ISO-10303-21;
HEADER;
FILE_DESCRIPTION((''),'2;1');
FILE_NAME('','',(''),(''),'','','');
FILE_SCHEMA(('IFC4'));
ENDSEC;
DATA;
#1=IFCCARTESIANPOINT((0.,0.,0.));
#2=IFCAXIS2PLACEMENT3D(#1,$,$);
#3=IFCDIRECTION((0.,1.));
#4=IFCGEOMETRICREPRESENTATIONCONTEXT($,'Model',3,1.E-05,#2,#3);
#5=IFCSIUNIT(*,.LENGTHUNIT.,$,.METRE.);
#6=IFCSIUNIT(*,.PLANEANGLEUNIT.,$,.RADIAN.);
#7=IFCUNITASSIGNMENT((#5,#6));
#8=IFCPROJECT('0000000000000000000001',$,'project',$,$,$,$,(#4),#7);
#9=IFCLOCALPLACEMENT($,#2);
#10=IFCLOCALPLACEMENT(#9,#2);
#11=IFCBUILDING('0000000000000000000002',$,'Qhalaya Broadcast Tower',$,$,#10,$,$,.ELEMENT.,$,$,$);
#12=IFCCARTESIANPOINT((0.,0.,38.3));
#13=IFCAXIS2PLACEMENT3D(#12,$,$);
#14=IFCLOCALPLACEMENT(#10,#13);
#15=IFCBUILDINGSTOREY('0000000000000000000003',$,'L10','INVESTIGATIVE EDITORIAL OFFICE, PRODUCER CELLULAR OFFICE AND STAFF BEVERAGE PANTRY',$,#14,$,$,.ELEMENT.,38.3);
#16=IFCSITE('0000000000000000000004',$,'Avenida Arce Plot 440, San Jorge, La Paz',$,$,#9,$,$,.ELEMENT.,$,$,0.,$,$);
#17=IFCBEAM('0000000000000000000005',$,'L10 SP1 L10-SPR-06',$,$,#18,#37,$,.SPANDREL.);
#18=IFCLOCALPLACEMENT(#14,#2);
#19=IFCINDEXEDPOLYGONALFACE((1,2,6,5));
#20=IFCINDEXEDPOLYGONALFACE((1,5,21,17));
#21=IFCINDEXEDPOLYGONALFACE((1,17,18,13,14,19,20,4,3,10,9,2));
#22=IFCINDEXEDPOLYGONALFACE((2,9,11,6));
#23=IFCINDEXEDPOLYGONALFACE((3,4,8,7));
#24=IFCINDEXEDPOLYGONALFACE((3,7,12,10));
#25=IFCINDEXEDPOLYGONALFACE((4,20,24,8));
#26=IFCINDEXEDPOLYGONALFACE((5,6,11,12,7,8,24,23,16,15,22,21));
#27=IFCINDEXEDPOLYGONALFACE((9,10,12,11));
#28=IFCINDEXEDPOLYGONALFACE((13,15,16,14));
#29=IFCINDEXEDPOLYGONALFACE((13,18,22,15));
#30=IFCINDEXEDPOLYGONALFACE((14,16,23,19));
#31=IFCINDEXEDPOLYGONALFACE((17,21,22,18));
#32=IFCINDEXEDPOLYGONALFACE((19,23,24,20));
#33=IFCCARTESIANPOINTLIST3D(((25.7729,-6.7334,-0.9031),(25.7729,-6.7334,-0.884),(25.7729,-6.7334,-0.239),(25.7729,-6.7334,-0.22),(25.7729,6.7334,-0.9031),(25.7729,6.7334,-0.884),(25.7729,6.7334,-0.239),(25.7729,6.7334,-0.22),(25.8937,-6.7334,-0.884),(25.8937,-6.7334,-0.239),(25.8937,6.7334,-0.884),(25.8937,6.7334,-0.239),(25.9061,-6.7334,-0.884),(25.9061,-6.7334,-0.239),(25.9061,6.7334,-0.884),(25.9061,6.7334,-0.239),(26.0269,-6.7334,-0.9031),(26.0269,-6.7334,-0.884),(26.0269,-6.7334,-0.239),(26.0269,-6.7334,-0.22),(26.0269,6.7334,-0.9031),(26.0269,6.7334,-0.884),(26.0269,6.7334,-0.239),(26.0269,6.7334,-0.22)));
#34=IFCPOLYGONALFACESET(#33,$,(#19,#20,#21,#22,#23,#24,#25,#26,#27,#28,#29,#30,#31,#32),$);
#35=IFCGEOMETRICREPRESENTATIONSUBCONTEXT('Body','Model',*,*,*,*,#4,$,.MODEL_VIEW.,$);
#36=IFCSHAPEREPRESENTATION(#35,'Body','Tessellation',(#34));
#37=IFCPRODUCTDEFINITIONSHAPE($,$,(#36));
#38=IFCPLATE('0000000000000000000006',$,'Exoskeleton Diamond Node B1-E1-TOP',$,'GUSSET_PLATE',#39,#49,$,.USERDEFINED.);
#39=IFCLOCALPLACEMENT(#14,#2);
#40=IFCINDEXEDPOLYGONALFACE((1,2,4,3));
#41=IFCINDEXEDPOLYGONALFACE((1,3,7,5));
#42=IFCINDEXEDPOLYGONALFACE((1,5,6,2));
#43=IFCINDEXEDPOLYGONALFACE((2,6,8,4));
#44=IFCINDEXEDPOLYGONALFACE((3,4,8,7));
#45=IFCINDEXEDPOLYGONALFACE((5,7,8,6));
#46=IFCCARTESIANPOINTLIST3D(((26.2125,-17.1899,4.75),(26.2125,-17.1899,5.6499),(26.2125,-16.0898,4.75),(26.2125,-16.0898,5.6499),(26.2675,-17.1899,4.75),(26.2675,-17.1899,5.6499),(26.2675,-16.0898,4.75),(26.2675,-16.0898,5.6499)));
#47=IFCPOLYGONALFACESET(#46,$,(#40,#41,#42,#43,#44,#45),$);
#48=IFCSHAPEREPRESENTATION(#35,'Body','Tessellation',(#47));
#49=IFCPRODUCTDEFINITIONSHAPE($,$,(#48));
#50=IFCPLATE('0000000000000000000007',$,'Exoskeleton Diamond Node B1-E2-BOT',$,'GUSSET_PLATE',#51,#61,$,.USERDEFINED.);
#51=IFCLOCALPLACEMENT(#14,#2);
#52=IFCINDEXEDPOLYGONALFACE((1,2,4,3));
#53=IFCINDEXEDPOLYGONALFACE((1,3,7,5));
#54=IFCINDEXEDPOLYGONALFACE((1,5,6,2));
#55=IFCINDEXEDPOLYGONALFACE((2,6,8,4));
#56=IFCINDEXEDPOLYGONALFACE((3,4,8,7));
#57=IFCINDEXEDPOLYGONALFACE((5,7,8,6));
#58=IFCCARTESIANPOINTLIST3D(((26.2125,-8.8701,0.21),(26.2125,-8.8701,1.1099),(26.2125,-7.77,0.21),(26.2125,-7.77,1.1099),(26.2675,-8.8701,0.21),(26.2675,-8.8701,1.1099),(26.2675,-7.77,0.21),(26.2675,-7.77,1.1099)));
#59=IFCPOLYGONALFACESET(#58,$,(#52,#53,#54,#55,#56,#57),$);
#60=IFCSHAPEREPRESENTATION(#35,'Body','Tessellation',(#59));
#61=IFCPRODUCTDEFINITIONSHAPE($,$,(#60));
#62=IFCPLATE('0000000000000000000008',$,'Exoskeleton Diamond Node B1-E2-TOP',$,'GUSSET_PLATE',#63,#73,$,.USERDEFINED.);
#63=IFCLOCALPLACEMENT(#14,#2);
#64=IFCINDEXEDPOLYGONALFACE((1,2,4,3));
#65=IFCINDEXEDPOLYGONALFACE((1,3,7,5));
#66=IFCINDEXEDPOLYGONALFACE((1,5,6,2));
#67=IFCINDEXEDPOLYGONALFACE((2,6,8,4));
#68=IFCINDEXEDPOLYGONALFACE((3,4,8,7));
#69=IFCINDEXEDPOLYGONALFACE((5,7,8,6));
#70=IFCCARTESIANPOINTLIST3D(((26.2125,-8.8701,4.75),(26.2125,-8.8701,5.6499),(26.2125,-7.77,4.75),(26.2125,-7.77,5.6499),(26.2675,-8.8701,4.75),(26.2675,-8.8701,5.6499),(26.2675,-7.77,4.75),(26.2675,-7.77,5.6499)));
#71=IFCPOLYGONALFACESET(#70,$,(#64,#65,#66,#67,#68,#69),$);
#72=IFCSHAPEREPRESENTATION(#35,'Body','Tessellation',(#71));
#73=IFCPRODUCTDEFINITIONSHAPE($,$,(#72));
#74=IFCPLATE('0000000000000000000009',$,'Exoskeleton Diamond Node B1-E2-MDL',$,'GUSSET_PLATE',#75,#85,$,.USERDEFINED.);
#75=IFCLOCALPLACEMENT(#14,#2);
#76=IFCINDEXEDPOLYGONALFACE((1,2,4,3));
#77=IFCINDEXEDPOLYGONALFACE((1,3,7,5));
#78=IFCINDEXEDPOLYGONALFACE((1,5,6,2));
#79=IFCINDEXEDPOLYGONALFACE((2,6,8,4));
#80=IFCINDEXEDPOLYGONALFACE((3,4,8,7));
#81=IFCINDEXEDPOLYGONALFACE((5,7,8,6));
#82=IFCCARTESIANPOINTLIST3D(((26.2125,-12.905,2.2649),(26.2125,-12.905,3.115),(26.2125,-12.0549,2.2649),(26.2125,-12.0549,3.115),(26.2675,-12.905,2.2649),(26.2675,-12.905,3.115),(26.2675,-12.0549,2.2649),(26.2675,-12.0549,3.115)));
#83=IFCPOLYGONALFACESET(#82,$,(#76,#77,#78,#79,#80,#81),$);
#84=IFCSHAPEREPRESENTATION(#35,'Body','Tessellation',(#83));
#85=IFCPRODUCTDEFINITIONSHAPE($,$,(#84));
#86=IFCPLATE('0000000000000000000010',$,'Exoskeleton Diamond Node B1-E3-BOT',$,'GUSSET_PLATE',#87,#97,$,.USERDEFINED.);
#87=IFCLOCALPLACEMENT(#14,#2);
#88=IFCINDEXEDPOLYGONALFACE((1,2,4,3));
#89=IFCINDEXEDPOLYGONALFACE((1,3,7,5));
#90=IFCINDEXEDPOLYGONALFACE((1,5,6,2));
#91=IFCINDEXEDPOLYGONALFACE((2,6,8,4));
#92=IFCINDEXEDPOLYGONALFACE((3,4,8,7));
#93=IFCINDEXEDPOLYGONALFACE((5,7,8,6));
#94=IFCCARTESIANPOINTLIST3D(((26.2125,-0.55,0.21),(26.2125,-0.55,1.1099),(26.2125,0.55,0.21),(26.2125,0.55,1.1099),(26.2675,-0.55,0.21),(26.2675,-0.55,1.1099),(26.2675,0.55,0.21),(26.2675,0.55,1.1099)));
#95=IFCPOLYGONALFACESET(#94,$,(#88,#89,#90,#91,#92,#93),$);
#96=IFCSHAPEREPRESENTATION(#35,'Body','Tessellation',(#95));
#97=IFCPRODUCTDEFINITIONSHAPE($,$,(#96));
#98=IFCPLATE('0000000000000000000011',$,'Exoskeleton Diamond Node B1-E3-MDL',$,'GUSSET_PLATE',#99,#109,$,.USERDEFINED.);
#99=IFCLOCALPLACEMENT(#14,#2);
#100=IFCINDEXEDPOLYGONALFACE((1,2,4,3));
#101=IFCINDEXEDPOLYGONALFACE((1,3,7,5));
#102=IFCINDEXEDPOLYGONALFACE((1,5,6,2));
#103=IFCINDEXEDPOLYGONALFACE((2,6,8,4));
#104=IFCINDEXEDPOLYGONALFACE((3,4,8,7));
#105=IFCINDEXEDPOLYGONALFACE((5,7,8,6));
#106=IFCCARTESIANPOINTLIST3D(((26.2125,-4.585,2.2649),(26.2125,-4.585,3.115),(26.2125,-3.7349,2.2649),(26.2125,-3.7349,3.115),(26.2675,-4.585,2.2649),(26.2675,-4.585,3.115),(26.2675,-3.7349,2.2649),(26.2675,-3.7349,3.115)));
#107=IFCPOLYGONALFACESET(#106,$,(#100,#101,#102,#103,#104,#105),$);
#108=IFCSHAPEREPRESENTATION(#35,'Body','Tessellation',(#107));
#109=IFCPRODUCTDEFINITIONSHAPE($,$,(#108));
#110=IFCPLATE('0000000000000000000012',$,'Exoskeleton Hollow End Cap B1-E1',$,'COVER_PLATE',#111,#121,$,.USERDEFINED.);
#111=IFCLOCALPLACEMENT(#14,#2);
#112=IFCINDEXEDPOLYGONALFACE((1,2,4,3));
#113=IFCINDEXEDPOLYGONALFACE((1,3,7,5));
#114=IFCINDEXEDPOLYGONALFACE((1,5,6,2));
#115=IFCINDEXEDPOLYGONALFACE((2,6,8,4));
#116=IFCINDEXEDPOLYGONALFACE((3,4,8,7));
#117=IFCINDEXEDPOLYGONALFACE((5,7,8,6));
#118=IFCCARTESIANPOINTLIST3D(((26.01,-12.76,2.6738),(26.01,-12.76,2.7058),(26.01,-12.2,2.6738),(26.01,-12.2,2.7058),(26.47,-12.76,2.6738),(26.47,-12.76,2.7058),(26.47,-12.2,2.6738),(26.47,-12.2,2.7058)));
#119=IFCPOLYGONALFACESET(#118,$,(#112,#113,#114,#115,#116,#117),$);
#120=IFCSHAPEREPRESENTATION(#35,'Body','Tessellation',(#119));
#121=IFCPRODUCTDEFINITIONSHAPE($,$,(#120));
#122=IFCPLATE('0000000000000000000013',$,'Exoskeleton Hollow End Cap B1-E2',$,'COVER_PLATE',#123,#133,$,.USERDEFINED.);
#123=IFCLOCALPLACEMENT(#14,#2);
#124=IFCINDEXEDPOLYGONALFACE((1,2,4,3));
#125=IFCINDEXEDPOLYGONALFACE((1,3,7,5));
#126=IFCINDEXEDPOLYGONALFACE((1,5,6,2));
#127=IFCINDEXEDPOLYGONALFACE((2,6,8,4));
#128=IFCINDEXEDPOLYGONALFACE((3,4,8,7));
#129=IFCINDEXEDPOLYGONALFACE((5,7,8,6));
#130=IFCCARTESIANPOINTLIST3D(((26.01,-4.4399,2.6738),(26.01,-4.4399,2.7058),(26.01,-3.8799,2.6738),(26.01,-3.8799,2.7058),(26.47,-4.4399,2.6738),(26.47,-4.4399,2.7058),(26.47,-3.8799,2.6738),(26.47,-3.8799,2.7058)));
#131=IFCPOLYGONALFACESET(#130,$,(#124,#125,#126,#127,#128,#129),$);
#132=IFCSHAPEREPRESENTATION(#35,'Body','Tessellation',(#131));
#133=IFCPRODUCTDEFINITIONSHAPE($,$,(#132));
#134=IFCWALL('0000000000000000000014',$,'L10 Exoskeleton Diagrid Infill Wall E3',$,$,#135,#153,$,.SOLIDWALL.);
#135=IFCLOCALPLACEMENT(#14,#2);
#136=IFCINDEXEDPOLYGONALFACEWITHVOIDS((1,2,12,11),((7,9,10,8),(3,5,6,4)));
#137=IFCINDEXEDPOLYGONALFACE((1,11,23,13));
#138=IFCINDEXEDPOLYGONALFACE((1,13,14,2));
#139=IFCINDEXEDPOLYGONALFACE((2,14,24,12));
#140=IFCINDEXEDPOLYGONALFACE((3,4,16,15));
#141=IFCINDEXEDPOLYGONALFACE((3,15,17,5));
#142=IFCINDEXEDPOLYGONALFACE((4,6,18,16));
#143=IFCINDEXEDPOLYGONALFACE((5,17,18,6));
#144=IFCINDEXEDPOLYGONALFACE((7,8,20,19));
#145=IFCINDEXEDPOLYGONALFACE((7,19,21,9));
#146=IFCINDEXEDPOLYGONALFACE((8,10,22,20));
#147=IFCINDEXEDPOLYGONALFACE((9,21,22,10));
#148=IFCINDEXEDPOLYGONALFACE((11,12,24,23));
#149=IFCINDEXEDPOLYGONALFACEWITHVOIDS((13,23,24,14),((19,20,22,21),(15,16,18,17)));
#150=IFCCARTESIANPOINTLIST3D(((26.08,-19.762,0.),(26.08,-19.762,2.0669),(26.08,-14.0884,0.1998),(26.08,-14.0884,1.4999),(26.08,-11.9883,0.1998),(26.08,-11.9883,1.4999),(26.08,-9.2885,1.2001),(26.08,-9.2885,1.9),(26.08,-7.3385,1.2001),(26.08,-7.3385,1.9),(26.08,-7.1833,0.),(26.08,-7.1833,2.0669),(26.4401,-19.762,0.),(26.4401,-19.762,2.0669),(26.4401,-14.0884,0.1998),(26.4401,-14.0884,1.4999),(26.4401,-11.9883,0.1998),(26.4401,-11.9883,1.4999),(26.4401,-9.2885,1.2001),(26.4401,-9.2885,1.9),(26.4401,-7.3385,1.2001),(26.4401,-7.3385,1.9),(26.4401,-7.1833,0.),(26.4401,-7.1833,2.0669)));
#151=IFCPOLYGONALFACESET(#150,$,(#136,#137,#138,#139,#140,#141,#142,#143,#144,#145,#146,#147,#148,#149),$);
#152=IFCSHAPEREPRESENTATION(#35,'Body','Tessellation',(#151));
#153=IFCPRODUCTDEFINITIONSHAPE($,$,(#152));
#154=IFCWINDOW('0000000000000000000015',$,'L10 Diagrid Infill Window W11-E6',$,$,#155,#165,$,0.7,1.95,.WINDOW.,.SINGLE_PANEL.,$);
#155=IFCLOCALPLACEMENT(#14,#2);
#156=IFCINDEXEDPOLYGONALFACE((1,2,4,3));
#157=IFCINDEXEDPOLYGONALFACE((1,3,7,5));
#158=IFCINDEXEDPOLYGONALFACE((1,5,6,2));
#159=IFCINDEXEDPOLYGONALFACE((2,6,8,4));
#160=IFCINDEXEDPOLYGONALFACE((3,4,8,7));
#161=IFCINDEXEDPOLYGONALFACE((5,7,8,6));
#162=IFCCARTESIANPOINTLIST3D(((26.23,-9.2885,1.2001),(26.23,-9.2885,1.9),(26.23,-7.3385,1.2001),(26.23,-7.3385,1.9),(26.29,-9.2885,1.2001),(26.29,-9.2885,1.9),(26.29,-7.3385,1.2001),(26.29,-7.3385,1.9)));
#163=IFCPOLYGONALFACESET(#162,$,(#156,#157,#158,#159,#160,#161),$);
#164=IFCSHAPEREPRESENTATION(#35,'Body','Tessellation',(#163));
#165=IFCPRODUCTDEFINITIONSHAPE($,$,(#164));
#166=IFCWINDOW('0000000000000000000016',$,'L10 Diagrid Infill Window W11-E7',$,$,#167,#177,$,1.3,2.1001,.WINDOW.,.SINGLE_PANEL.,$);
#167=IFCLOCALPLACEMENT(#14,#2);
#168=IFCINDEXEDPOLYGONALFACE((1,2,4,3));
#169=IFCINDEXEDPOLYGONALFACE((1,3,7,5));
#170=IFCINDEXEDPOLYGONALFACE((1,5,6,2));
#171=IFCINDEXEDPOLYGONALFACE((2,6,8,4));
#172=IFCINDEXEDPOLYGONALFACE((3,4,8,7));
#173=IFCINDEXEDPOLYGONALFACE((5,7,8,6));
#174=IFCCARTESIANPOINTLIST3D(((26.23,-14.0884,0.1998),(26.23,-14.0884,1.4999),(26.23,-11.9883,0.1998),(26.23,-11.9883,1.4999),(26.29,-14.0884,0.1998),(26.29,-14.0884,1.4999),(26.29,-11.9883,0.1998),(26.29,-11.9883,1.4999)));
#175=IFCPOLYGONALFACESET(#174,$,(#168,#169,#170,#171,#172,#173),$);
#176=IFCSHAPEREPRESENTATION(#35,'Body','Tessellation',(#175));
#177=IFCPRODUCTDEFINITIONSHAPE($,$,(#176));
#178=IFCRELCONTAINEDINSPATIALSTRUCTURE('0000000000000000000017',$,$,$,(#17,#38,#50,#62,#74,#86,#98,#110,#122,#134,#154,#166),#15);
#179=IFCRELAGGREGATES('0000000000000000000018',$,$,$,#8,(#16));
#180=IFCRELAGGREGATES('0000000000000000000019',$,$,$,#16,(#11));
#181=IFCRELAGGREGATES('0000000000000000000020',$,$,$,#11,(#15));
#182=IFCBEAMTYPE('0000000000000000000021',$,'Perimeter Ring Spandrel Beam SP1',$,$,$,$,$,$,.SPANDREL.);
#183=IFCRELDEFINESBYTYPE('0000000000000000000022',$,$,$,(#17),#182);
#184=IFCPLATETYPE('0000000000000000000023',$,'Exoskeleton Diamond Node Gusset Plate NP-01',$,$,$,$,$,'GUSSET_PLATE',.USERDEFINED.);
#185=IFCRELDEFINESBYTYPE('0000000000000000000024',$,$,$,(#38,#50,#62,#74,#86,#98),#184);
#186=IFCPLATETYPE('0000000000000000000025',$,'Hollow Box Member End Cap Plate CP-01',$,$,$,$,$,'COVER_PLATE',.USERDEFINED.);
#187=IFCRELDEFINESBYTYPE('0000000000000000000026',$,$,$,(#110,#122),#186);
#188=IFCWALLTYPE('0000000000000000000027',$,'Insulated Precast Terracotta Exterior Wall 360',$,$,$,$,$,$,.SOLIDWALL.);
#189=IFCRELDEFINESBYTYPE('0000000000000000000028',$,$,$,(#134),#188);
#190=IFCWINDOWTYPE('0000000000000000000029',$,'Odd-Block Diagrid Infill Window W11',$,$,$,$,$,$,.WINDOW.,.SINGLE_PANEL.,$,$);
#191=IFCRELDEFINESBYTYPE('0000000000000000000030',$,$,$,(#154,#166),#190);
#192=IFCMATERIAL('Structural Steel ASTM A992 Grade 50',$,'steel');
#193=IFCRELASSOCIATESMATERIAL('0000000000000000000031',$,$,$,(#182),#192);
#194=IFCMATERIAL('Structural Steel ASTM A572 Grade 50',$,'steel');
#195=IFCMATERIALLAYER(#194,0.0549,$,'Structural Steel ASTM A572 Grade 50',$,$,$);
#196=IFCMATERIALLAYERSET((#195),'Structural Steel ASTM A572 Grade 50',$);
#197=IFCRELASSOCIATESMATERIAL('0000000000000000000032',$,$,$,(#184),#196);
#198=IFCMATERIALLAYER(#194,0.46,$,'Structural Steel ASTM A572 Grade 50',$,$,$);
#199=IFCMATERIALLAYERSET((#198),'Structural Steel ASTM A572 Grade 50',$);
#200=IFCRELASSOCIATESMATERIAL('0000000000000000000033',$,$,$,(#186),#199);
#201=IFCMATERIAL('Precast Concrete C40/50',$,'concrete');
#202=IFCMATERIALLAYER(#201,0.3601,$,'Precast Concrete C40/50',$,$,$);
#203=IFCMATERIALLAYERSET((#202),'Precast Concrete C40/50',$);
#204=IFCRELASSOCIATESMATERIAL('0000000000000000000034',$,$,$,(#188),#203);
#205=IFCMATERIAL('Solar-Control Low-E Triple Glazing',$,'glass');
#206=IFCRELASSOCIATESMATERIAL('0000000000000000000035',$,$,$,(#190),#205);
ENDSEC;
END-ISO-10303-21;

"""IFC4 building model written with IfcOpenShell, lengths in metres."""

from ifc_helpers import new_model, si_unit, direction, frame, frame_2d, origin, origin_2d, place, context, subcontext, project, spatial, rectangle, i_section, extrude, material, layer, layer_set, material_profile, profile_set, type_object, element, fill, save


model = new_model("IFC4")

# Units and contexts
model_context = context("Model", 3, precision=1e-05, world=origin(), true_north=direction((0.0, 1.0)))
body_context = subcontext(model_context, "Body", "Model", "MODEL_VIEW")
ifc_project = project(units=[si_unit("LENGTHUNIT", "METRE"), si_unit("PLANEANGLEUNIT", "RADIAN")], contexts=[model_context])

# Site, building, storey
site_placement = place(None, origin())
site = spatial("IfcSite", under=ifc_project, at=site_placement, Name="Avenida Arce Plot 440, San Jorge, La Paz", CompositionType="ELEMENT", RefElevation=0.0)
building_placement = place(site_placement, origin())
building = spatial("IfcBuilding", under=site, at=building_placement, Name="Qhalaya Broadcast Tower", CompositionType="ELEMENT")
storey_placement = place(building_placement, frame((0.0, 0.0, 38.3)))
storey = spatial("IfcBuildingStorey", under=building, at=storey_placement, Name="L10", Description="INVESTIGATIVE EDITORIAL OFFICE, PRODUCER CELLULAR OFFICE AND STAFF BEVERAGE PANTRY", CompositionType="ELEMENT", Elevation=38.3)

# Shared definitions
ifc_material_1 = material(Name="Structural Steel ASTM A992 Grade 50", Category="steel")
ifc_material_2 = material(Name="Structural Steel ASTM A572 Grade 50", Category="steel")

# Beam
ifc_material_profile_1 = material_profile(ifc_material_1, i_section(OverallWidth=0.2539, OverallDepth=0.6831, WebThickness=0.0125, FlangeThickness=0.019, at=origin_2d()), Name="W27X94")
ifc_profile_set_1 = profile_set([ifc_material_profile_1], Name="Structural Steel ASTM A992 Grade 50")
beam_type = type_object("IfcBeamType", Name="Perimeter Ring Spandrel Beam SP1", PredefinedType="SPANDREL", material=ifc_profile_set_1)
beam_placement = place(storey_placement, frame((25.8999, -6.7334, -0.5615), z_axis=(0.0, 1.0, 0.0), x_axis=(-1.0, 0.0, 0.0)))
element("IfcBeam", 1, at=beam_placement, inside=storey, type_object=beam_type, Name="L10 SP1 L10-SPR-06", PredefinedType="SPANDREL", context=body_context, shape_type="SweptSolid", body=[
    extrude(i_section(OverallWidth=0.2539, OverallDepth=0.6831, WebThickness=0.0125, FlangeThickness=0.019, at=origin_2d()), origin(), (0.0, 0.0, 1.0), 13.4668),
])

# Plates
ifc_layer_1 = layer(ifc_material_2, 0.0549, Name="Structural Steel ASTM A572 Grade 50")
ifc_layer_set_1 = layer_set([ifc_layer_1], Name="Structural Steel ASTM A572 Grade 50")
plate_type_1 = type_object("IfcPlateType", Name="Exoskeleton Diamond Node Gusset Plate NP-01", ElementType="GUSSET_PLATE", PredefinedType="USERDEFINED", material=ifc_layer_set_1)
for number, where, z_axis, x_axis, name in (
    (2, (26.24, -16.6399, 4.75), (0.0, 0.0, 1.0), (0.0, 1.0, 0.0), "Exoskeleton Diamond Node B1-E1-TOP"),
    (3, (26.24, -8.3201, 0.21), (0.0, 0.0, 1.0), (0.0, 1.0, 0.0), "Exoskeleton Diamond Node B1-E2-BOT"),
    (4, (26.24, -8.3201, 4.75), (0.0, 0.0, 1.0), (0.0, 1.0, 0.0), "Exoskeleton Diamond Node B1-E2-TOP"),
):
    element("IfcPlate", number, at=place(storey_placement, frame(where, z_axis=z_axis, x_axis=x_axis)), inside=storey, type_object=plate_type_1, Name=name, ObjectType="GUSSET_PLATE", PredefinedType="USERDEFINED", context=body_context, shape_type="SweptSolid", body=[
        extrude(rectangle(XDim=1.1001, YDim=0.0549, at=origin_2d()), origin(), (0.0, 0.0, 1.0), 0.8999),
    ])
plate_1_placement = place(storey_placement, frame((26.24, -12.48, 2.2649), z_axis=(0.0, 0.0, 1.0), x_axis=(0.0, 1.0, 0.0)))
element("IfcPlate", 5, at=plate_1_placement, inside=storey, type_object=plate_type_1, Name="Exoskeleton Diamond Node B1-E2-MDL", ObjectType="GUSSET_PLATE", PredefinedType="USERDEFINED", context=body_context, shape_type="SweptSolid", body=[
    extrude(rectangle(XDim=0.8501, YDim=0.0549, at=origin_2d()), origin(), (0.0, 0.0, 1.0), 0.8501),
])
plate_2_placement = place(storey_placement, frame((26.24, 0.0, 0.21), z_axis=(0.0, 0.0, 1.0), x_axis=(0.0, 1.0, 0.0)))
element("IfcPlate", 6, at=plate_2_placement, inside=storey, type_object=plate_type_1, Name="Exoskeleton Diamond Node B1-E3-BOT", ObjectType="GUSSET_PLATE", PredefinedType="USERDEFINED", context=body_context, shape_type="SweptSolid", body=[
    extrude(rectangle(XDim=1.1001, YDim=0.0549, at=origin_2d()), origin(), (0.0, 0.0, 1.0), 0.8999),
])
plate_3_placement = place(storey_placement, frame((26.24, -4.1599, 2.2649), z_axis=(0.0, 0.0, 1.0), x_axis=(0.0, 1.0, 0.0)))
element("IfcPlate", 7, at=plate_3_placement, inside=storey, type_object=plate_type_1, Name="Exoskeleton Diamond Node B1-E3-MDL", ObjectType="GUSSET_PLATE", PredefinedType="USERDEFINED", context=body_context, shape_type="SweptSolid", body=[
    extrude(rectangle(XDim=0.8501, YDim=0.0549, at=origin_2d()), origin(), (0.0, 0.0, 1.0), 0.8501),
])
ifc_layer_2 = layer(ifc_material_2, 0.46, Name="Structural Steel ASTM A572 Grade 50")
ifc_layer_set_2 = layer_set([ifc_layer_2], Name="Structural Steel ASTM A572 Grade 50")
plate_type_2 = type_object("IfcPlateType", Name="Hollow Box Member End Cap Plate CP-01", ElementType="COVER_PLATE", PredefinedType="USERDEFINED", material=ifc_layer_set_2)
for number, where, z_axis, x_axis, name in (
    (8, (26.24, -12.48, 2.6738), (0.0, 0.0, 1.0), (0.0, 1.0, 0.0), "Exoskeleton Hollow End Cap B1-E1"),
    (9, (26.24, -4.1599, 2.6738), (0.0, 0.0, 1.0), (0.0, 1.0, 0.0), "Exoskeleton Hollow End Cap B1-E2"),
):
    element("IfcPlate", number, at=place(storey_placement, frame(where, z_axis=z_axis, x_axis=x_axis)), inside=storey, type_object=plate_type_2, Name=name, ObjectType="COVER_PLATE", PredefinedType="USERDEFINED", context=body_context, shape_type="SweptSolid", body=[
        extrude(rectangle(XDim=0.5601, YDim=0.46, at=origin_2d()), origin(), (0.0, 0.0, 1.0), 0.032),
    ])

# Wall, openings, windows
ifc_material_3 = material(Name="Precast Concrete C40/50", Category="concrete")
ifc_layer_3 = layer(ifc_material_3, 0.3601, Name="Precast Concrete C40/50")
ifc_layer_set_3 = layer_set([ifc_layer_3], Name="Precast Concrete C40/50")
wall_type_1 = type_object("IfcWallType", Name="Insulated Precast Terracotta Exterior Wall 360", PredefinedType="SOLIDWALL", material=ifc_layer_set_3)
wall_1_placement = place(storey_placement, frame((26.26, -7.1833, 0.0), z_axis=(0.0, 0.0, 1.0), x_axis=(0.0, -1.0, 0.0)))
wall_1 = element("IfcWall", 10, at=wall_1_placement, inside=storey, type_object=wall_type_1, Name="L10 Exoskeleton Diagrid Infill Wall E3", PredefinedType="SOLIDWALL", context=body_context, shape_type="SweptSolid", body=[
    extrude(rectangle(XDim=12.5786, YDim=0.3601, at=frame_2d((6.2893, 0.0))), origin(), (0.0, 0.0, 1.0), 2.0669),
])
opening_1_placement = place(wall_1_placement, frame((0.155, 0.0, 1.2)))
opening_1 = element("IfcOpeningElement", 11, at=opening_1_placement, cuts=wall_1, PredefinedType="OPENING", context=body_context, shape_type="SweptSolid", body=[
    extrude(rectangle(XDim=1.95, YDim=0.7, at=frame_2d((0.9751, 0.3501))), frame((0.0, 0.1921, 0.0), z_axis=(0.0, -1.0, 0.0), x_axis=(1.0, 0.0, 0.0)), (0.0, 0.0, 1.0), 0.384),
])
opening_2_placement = place(wall_1_placement, frame((4.8049, 0.0, 0.2)))
opening_2 = element("IfcOpeningElement", 12, at=opening_2_placement, cuts=wall_1, PredefinedType="OPENING", context=body_context, shape_type="SweptSolid", body=[
    extrude(rectangle(XDim=2.1001, YDim=1.3, at=frame_2d((1.05, 0.6499))), frame((0.0, 0.1921, 0.0), z_axis=(0.0, -1.0, 0.0), x_axis=(1.0, 0.0, 0.0)), (0.0, 0.0, 1.0), 0.384),
])
ifc_material_4 = material(Name="Solar-Control Low-E Triple Glazing", Category="glass")
window_type = type_object("IfcWindowType", Name="Odd-Block Diagrid Infill Window W11", PartitioningType="SINGLE_PANEL", PredefinedType="WINDOW", material=ifc_material_4)
window_1_placement = place(opening_1_placement, origin())
window_1 = element("IfcWindow", 13, at=window_1_placement, inside=storey, type_object=window_type, Name="L10 Diagrid Infill Window W11-E6", OverallHeight=0.7, OverallWidth=1.95, PartitioningType="SINGLE_PANEL", PredefinedType="WINDOW", context=body_context, shape_type="SweptSolid", body=[
    extrude(rectangle(XDim=1.95, YDim=0.7, at=frame_2d((0.9751, 0.3501))), frame((0.0, 0.03, 0.0), z_axis=(0.0, -1.0, 0.0), x_axis=(1.0, 0.0, 0.0)), (0.0, 0.0, 1.0), 0.0601),
])
fill(opening_1, window_1)
window_2_placement = place(opening_2_placement, origin())
window_2 = element("IfcWindow", 14, at=window_2_placement, inside=storey, type_object=window_type, Name="L10 Diagrid Infill Window W11-E7", OverallHeight=1.3, OverallWidth=2.1001, PartitioningType="SINGLE_PANEL", PredefinedType="WINDOW", context=body_context, shape_type="SweptSolid", body=[
    extrude(rectangle(XDim=2.1001, YDim=1.3, at=frame_2d((1.05, 0.6499))), frame((0.0, 0.03, 0.0), z_axis=(0.0, -1.0, 0.0), x_axis=(1.0, 0.0, 0.0)), (0.0, 0.0, 1.0), 0.0601),
])
fill(opening_2, window_2)

save(model, "model.ifc")
